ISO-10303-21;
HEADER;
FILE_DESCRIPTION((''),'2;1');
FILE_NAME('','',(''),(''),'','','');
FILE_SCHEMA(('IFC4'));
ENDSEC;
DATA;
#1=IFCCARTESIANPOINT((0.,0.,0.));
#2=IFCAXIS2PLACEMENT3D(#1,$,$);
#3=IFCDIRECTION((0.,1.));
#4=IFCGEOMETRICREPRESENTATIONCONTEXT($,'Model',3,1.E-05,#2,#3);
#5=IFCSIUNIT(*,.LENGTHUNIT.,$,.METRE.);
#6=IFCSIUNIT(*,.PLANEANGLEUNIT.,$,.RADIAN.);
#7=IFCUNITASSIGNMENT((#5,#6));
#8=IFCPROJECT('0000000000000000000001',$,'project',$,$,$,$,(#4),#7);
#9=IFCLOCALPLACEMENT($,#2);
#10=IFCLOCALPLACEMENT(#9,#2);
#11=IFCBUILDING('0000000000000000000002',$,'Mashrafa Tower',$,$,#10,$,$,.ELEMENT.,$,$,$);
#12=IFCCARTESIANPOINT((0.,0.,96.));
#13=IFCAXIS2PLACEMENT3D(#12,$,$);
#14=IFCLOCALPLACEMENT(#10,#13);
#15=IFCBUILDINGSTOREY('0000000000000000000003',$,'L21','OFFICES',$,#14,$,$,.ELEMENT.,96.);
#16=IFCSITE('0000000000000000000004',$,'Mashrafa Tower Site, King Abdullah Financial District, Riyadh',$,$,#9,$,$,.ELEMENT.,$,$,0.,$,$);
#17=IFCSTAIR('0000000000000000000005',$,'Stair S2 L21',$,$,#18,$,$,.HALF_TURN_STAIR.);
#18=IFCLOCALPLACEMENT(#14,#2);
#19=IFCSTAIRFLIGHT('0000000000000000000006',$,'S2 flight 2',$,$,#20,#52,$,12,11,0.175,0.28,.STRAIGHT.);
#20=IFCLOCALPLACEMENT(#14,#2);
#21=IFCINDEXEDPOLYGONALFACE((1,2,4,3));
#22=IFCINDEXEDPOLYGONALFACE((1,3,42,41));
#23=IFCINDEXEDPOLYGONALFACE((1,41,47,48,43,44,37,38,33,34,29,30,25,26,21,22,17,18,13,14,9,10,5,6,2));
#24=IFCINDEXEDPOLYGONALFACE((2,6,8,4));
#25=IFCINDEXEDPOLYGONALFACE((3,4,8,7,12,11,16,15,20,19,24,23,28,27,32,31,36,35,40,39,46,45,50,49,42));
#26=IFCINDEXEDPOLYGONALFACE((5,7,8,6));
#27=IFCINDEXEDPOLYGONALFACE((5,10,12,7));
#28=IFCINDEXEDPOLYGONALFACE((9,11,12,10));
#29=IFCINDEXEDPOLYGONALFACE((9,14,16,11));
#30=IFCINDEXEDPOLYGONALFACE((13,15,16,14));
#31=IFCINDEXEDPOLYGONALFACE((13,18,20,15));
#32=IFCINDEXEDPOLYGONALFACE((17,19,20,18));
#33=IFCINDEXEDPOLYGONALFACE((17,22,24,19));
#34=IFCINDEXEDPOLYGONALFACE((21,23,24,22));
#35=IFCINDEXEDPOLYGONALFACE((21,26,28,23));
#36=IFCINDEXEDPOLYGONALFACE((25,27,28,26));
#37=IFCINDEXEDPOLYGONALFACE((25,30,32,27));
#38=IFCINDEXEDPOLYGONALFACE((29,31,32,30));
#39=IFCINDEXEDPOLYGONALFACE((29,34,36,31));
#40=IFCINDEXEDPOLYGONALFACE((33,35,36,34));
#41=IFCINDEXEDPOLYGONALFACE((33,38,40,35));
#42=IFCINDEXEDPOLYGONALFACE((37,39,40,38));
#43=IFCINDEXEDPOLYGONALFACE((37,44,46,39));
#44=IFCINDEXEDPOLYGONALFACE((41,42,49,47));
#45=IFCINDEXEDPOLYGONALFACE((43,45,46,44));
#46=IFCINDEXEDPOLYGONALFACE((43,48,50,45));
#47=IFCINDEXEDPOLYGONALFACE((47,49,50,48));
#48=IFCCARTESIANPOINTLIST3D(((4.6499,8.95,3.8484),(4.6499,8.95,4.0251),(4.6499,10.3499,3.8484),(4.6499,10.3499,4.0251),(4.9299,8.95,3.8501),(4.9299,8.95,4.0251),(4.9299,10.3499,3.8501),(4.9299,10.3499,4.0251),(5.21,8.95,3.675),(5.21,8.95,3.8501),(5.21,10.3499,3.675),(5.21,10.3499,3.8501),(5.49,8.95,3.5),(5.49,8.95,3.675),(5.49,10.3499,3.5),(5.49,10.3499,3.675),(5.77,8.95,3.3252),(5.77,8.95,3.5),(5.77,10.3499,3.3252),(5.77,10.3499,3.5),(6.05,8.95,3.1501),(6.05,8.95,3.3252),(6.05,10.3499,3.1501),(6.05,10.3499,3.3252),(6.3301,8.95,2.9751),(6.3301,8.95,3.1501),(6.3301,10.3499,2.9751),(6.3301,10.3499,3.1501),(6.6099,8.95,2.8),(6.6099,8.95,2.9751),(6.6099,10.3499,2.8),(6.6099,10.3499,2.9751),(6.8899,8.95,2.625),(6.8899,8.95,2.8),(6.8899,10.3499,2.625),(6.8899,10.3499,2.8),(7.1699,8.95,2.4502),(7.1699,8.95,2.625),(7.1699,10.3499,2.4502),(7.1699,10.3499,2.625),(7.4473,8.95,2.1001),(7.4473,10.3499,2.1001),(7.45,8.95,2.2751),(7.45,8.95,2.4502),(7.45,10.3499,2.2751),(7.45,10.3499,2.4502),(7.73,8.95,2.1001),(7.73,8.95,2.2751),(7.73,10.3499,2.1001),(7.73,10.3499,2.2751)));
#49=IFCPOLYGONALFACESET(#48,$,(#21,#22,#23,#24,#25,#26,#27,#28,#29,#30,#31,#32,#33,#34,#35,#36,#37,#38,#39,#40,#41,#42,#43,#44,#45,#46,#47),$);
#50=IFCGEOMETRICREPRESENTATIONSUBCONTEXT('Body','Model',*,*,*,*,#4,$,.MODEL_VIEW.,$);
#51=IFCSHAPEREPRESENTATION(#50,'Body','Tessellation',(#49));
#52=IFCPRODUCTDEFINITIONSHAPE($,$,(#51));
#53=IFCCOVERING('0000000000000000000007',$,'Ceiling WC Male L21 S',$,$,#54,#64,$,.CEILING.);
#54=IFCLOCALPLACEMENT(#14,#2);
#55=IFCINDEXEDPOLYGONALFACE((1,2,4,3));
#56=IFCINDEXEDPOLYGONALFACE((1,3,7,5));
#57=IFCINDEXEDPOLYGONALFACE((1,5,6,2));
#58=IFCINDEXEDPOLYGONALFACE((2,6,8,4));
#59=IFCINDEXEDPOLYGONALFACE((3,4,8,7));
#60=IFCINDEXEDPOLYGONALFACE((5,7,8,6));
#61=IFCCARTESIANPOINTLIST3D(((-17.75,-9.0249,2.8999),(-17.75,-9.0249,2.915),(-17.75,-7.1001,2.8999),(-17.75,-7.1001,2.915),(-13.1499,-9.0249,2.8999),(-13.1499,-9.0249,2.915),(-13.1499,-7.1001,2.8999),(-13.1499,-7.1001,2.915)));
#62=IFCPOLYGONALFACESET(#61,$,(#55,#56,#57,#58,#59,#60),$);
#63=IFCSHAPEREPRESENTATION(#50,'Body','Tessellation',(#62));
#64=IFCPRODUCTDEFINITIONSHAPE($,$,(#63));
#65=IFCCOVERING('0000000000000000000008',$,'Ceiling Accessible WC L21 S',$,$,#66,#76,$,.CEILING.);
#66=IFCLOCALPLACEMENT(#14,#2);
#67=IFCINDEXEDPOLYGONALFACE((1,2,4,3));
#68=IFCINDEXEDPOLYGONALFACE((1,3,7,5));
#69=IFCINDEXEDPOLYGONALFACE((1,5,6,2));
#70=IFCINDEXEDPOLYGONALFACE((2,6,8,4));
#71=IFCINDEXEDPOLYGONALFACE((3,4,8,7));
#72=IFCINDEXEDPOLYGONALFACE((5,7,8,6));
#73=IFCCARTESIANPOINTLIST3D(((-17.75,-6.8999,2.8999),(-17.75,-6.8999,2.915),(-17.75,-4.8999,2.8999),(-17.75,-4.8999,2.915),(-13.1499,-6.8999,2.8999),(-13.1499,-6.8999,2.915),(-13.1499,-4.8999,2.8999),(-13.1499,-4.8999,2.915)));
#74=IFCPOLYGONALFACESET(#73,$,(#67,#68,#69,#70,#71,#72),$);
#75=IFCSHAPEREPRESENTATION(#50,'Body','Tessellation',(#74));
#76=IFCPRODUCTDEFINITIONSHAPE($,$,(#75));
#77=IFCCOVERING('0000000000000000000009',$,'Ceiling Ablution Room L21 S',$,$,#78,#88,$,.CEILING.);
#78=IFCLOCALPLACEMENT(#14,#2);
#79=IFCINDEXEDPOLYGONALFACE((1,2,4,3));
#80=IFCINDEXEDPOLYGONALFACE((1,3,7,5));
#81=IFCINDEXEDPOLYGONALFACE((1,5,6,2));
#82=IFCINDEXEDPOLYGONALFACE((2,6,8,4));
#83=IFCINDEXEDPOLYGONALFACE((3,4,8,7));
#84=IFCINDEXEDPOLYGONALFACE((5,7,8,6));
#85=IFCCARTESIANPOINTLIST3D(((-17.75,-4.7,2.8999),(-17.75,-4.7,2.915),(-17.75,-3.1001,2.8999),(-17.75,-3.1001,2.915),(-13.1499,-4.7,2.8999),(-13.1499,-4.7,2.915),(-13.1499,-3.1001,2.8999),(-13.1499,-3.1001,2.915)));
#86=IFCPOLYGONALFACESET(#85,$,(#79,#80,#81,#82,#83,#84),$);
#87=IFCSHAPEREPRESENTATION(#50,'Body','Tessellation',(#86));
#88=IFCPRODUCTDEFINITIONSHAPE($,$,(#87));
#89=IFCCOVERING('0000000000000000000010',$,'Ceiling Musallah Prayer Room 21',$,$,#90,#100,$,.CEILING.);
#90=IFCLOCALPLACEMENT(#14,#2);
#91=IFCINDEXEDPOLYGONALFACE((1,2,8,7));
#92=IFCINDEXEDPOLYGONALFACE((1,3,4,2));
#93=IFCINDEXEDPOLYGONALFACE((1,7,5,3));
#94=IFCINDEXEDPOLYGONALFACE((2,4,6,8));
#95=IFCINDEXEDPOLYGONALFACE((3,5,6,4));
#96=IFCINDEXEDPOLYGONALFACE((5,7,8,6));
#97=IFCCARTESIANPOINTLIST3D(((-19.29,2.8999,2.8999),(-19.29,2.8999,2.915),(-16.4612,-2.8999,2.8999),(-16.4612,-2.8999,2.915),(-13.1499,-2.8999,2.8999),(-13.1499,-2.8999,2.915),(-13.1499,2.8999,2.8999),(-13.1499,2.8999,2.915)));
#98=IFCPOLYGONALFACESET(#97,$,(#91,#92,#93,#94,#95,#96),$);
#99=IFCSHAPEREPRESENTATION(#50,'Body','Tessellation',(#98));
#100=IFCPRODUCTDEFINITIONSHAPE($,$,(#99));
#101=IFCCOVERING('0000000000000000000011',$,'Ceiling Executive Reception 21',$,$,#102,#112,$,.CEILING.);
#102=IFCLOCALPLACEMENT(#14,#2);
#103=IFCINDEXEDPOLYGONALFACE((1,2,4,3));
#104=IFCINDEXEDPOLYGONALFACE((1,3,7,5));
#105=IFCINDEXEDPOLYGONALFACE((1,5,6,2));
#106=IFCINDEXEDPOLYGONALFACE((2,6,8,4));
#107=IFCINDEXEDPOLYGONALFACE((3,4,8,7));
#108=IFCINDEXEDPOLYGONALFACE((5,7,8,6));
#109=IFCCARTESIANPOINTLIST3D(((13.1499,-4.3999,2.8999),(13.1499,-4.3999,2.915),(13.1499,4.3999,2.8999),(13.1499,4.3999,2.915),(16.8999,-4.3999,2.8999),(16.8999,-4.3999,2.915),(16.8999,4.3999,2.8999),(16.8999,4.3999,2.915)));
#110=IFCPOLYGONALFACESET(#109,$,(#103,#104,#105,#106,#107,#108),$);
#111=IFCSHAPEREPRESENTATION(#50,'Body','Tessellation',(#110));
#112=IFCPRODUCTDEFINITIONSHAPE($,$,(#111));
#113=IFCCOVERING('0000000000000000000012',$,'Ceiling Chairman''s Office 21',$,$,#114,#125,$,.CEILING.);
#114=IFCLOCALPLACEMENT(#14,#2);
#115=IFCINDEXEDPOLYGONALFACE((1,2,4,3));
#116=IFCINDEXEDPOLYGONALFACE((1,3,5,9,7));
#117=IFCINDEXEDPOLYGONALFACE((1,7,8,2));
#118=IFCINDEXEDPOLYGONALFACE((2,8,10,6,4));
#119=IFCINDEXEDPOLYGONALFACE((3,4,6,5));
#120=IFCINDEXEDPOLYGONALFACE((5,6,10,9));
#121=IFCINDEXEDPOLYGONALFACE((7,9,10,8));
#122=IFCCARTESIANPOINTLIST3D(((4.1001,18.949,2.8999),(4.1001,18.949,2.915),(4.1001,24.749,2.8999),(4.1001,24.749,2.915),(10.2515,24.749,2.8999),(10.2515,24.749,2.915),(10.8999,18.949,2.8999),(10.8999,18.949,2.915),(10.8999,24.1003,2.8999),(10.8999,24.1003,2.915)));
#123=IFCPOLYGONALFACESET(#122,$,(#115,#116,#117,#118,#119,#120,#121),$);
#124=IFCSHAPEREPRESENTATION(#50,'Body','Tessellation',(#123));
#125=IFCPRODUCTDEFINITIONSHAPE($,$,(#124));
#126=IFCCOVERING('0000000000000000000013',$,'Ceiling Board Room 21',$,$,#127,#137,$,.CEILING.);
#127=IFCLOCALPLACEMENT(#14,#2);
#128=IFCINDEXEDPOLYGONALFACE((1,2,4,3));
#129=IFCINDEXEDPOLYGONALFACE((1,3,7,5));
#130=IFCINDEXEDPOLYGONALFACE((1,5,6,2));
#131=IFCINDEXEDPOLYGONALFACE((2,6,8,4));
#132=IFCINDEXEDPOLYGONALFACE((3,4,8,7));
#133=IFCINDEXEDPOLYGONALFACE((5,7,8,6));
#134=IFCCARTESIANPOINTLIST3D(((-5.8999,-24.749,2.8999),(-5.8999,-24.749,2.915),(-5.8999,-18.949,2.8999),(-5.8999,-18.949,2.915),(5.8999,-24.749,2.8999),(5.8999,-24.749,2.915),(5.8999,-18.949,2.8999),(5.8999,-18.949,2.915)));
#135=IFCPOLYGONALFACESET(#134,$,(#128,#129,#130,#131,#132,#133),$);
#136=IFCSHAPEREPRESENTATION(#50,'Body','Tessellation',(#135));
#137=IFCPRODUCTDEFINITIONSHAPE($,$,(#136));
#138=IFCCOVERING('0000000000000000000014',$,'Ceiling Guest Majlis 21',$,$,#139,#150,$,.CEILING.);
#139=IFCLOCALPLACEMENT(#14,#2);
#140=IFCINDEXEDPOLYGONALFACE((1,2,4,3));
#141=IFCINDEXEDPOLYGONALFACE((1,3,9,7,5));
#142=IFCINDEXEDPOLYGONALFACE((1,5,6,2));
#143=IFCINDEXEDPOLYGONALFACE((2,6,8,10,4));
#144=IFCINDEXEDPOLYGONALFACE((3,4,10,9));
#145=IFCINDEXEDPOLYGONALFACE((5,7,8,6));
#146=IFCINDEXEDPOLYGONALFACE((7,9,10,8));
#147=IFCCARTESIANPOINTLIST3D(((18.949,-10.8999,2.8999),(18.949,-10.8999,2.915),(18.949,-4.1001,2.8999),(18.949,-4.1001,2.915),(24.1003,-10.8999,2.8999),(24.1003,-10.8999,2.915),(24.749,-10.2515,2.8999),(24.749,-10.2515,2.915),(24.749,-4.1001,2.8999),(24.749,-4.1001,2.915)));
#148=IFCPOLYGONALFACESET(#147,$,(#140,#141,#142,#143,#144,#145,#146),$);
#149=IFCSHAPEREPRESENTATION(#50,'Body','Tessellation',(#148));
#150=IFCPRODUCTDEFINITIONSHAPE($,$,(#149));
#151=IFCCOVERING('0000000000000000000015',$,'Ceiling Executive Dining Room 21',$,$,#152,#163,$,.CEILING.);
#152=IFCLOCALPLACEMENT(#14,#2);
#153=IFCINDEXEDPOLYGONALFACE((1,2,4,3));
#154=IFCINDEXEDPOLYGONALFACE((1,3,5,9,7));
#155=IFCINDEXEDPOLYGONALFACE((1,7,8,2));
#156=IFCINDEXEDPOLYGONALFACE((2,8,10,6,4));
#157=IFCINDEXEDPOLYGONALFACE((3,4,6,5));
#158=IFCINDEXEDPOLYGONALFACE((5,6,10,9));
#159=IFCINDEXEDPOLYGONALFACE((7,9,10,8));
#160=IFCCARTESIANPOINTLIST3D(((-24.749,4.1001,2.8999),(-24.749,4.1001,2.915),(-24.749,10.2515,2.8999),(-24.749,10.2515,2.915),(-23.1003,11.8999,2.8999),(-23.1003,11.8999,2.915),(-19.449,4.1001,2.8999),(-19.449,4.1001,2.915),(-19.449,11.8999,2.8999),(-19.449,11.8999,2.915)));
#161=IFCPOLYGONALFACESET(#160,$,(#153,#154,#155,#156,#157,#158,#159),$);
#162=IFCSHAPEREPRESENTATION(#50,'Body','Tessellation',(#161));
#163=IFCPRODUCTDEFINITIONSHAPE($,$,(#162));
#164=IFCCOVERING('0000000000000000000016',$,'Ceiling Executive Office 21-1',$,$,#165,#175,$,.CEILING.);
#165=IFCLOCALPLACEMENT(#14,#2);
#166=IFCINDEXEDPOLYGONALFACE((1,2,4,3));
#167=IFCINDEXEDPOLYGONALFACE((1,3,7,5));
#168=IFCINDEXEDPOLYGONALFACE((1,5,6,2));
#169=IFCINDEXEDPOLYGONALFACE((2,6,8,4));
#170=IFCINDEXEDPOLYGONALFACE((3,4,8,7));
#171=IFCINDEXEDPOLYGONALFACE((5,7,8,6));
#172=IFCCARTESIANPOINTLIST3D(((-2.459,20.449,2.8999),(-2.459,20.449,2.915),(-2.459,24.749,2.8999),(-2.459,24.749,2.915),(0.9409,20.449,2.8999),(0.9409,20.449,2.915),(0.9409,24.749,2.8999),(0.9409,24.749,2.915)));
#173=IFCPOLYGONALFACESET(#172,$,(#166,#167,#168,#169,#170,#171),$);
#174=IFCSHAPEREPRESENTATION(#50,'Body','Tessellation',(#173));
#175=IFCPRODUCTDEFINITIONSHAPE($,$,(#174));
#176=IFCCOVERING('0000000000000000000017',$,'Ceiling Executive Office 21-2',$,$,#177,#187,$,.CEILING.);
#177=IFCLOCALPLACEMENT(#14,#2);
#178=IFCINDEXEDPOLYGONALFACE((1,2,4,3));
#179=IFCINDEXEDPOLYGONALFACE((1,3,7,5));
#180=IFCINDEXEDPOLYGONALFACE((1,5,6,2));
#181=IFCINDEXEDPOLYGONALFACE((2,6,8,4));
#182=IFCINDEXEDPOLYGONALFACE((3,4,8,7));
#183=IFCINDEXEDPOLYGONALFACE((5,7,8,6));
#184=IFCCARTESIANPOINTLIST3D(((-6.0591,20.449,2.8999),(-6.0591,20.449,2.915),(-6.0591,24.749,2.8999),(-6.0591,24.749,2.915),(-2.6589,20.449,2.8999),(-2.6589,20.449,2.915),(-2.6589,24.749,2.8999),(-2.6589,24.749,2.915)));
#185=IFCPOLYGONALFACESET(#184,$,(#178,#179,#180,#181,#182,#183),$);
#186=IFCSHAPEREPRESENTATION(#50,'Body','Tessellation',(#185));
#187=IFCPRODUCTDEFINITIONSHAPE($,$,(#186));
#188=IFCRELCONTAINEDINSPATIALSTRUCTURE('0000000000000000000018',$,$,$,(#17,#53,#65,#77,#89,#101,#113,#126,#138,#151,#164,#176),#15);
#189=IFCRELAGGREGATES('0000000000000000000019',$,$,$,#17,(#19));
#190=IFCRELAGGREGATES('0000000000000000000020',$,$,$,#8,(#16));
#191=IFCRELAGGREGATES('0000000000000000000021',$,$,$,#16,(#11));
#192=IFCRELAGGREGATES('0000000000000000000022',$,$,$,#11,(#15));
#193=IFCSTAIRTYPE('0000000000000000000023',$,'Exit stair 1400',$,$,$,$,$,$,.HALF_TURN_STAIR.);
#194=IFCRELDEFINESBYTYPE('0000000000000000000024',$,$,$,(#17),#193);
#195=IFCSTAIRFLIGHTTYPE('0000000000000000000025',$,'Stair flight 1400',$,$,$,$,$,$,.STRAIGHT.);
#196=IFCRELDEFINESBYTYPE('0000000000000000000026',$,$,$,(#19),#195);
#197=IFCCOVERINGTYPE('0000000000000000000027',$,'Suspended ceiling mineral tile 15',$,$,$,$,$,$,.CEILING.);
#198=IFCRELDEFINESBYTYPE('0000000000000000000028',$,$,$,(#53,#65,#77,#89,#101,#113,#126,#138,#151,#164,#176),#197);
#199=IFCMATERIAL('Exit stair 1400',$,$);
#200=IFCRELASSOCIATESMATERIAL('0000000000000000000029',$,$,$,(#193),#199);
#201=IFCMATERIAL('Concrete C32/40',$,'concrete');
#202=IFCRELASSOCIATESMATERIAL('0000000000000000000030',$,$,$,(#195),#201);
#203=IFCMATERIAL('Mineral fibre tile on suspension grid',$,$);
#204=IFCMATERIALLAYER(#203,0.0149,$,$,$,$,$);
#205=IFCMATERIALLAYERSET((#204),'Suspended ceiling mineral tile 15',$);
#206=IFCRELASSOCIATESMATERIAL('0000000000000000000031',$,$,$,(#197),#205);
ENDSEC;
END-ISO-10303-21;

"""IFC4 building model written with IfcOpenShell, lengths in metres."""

from ifc_helpers import new_model, si_unit, direction, frame, origin, place, context, subcontext, project, spatial, polyline, outline, extrude, material, layer, layer_set, type_object, element, aggregate, save


model = new_model("IFC4")

# Units and contexts
model_context = context("Model", 3, precision=1e-05, world=origin(), true_north=direction((0.0, 1.0)))
body_context = subcontext(model_context, "Body", "Model", "MODEL_VIEW")
ifc_project = project(units=[si_unit("LENGTHUNIT", "METRE"), si_unit("PLANEANGLEUNIT", "RADIAN")], contexts=[model_context])

# Site, building, storey
site_placement = place(None, origin())
site = spatial("IfcSite", under=ifc_project, at=site_placement, Name="Mashrafa Tower Site, King Abdullah Financial District, Riyadh", CompositionType="ELEMENT", RefElevation=0.0)
building_placement = place(site_placement, origin())
building = spatial("IfcBuilding", under=site, at=building_placement, Name="Mashrafa Tower", CompositionType="ELEMENT")
storey_placement = place(building_placement, frame((0.0, 0.0, 96.0)))
storey = spatial("IfcBuildingStorey", under=building, at=storey_placement, Name="L21", Description="OFFICES", CompositionType="ELEMENT", Elevation=96.0)

# Stair, stair flight
ifc_material_1 = material(Name="Exit stair 1400")
stair_type = type_object("IfcStairType", Name="Exit stair 1400", PredefinedType="HALF_TURN_STAIR", material=ifc_material_1)
stair_placement = place(storey_placement, origin())
stair = element("IfcStair", 1, at=stair_placement, inside=storey, type_object=stair_type, Name="Stair S2 L21", PredefinedType="HALF_TURN_STAIR")
ifc_material_2 = material(Name="Concrete C32/40", Category="concrete")
stair_flight_type = type_object("IfcStairFlightType", Name="Stair flight 1400", PredefinedType="STRAIGHT", material=ifc_material_2)
stair_flight_1_placement = place(storey_placement, frame((7.73, 9.6499, 2.1001), z_axis=(0.0, 0.0, 1.0), x_axis=(-1.0, 0.0, 0.0)))
stair_flight_1 = element("IfcStairFlight", 2, at=stair_flight_1_placement, type_object=stair_flight_type, Name="S2 flight 2", NumberOfRisers=12, NumberOfTreads=11, PredefinedType="STRAIGHT", RiserHeight=0.175, TreadLength=0.28, context=body_context, shape_type="SweptSolid", body=[
    extrude(outline(polyline([(0.0, 0.0), (0.0, 0.175), (0.28, 0.175), (0.28, 0.3501), (0.5601, 0.3501), (0.5601, 0.5249), (0.8401, 0.5249), (0.8401, 0.7), (1.1201, 0.7), (1.1201, 0.875), (1.3999, 0.875), (1.3999, 1.05), (1.6799, 1.05), (1.6799, 1.2251), (1.96, 1.2251), (1.96, 1.3999), (2.24, 1.3999), (2.24, 1.575), (2.52, 1.575), (2.52, 1.75), (2.8, 1.75), (2.8, 1.925), (3.0801, 1.925), (3.0801, 2.1001), (3.0801, 1.7483), (0.2827, 0.0), (0.0, 0.0)])), frame((0.0, 0.7, 0.0), z_axis=(0.0, -1.0, 0.0), x_axis=(1.0, 0.0, 0.0)), (0.0, 0.0, 1.0), 1.3999),
])
aggregate(stair, [stair_flight_1])

# Coverings
ifc_material_3 = material(Name="Mineral fibre tile on suspension grid")
ifc_layer_1 = layer(ifc_material_3, 0.0149)
ifc_layer_set_1 = layer_set([ifc_layer_1], Name="Suspended ceiling mineral tile 15")
covering_type = type_object("IfcCoveringType", Name="Suspended ceiling mineral tile 15", PredefinedType="CEILING", material=ifc_layer_set_1)
covering_1_placement = place(storey_placement, frame((0.0, 0.0, 2.8999)))
element("IfcCovering", 3, at=covering_1_placement, inside=storey, type_object=covering_type, Name="Ceiling WC Male L21 S", PredefinedType="CEILING", context=body_context, shape_type="SweptSolid", body=[
    extrude(outline(polyline([(-17.75, -9.0249), (-17.75, -7.1001), (-13.1499, -7.1001), (-13.1499, -9.0249), (-17.75, -9.0249)])), origin(), (0.0, 0.0, 1.0), 0.0151),
])
covering_2_placement = place(storey_placement, frame((0.0, 0.0, 2.8999)))
element("IfcCovering", 4, at=covering_2_placement, inside=storey, type_object=covering_type, Name="Ceiling Accessible WC L21 S", PredefinedType="CEILING", context=body_context, shape_type="SweptSolid", body=[
    extrude(outline(polyline([(-17.75, -6.8999), (-17.75, -4.8999), (-13.1499, -4.8999), (-13.1499, -6.8999), (-17.75, -6.8999)])), origin(), (0.0, 0.0, 1.0), 0.0151),
])
covering_3_placement = place(storey_placement, frame((0.0, 0.0, 2.8999)))
element("IfcCovering", 5, at=covering_3_placement, inside=storey, type_object=covering_type, Name="Ceiling Ablution Room L21 S", PredefinedType="CEILING", context=body_context, shape_type="SweptSolid", body=[
    extrude(outline(polyline([(-17.75, -4.7), (-17.75, -3.1001), (-13.1499, -3.1001), (-13.1499, -4.7), (-17.75, -4.7)])), origin(), (0.0, 0.0, 1.0), 0.0151),
])
covering_4_placement = place(storey_placement, frame((0.0, 0.0, 2.8999)))
element("IfcCovering", 6, at=covering_4_placement, inside=storey, type_object=covering_type, Name="Ceiling Musallah Prayer Room 21", PredefinedType="CEILING", context=body_context, shape_type="SweptSolid", body=[
    extrude(outline(polyline([(-16.4612, -2.8999), (-19.29, 2.8999), (-13.1499, 2.8999), (-13.1499, -2.8999), (-16.4612, -2.8999)])), origin(), (0.0, 0.0, 1.0), 0.0151),
])
covering_5_placement = place(storey_placement, frame((0.0, 0.0, 2.8999)))
element("IfcCovering", 7, at=covering_5_placement, inside=storey, type_object=covering_type, Name="Ceiling Executive Reception 21", PredefinedType="CEILING", context=body_context, shape_type="SweptSolid", body=[
    extrude(outline(polyline([(13.1499, 4.3999), (16.8999, 4.3999), (16.8999, -4.3999), (13.1499, -4.3999), (13.1499, 4.3999)])), origin(), (0.0, 0.0, 1.0), 0.0151),
])
covering_6_placement = place(storey_placement, frame((0.0, 0.0, 2.8999)))
element("IfcCovering", 8, at=covering_6_placement, inside=storey, type_object=covering_type, Name="Ceiling Chairman's Office 21", PredefinedType="CEILING", context=body_context, shape_type="SweptSolid", body=[
    extrude(outline(polyline([(4.1001, 24.749), (10.2515, 24.749), (10.8999, 24.1003), (10.8999, 18.949), (4.1001, 18.949), (4.1001, 24.749)])), origin(), (0.0, 0.0, 1.0), 0.0151),
])
covering_7_placement = place(storey_placement, frame((0.0, 0.0, 2.8999)))
element("IfcCovering", 9, at=covering_7_placement, inside=storey, type_object=covering_type, Name="Ceiling Board Room 21", PredefinedType="CEILING", context=body_context, shape_type="SweptSolid", body=[
    extrude(outline(polyline([(-5.8999, -18.949), (5.8999, -18.949), (5.8999, -24.749), (-5.8999, -24.749), (-5.8999, -18.949)])), origin(), (0.0, 0.0, 1.0), 0.0151),
])
covering_8_placement = place(storey_placement, frame((0.0, 0.0, 2.8999)))
element("IfcCovering", 10, at=covering_8_placement, inside=storey, type_object=covering_type, Name="Ceiling Guest Majlis 21", PredefinedType="CEILING", context=body_context, shape_type="SweptSolid", body=[
    extrude(outline(polyline([(18.949, -4.1001), (24.749, -4.1001), (24.749, -10.2515), (24.1003, -10.8999), (18.949, -10.8999), (18.949, -4.1001)])), origin(), (0.0, 0.0, 1.0), 0.0151),
])
covering_9_placement = place(storey_placement, frame((0.0, 0.0, 2.8999)))
element("IfcCovering", 11, at=covering_9_placement, inside=storey, type_object=covering_type, Name="Ceiling Executive Dining Room 21", PredefinedType="CEILING", context=body_context, shape_type="SweptSolid", body=[
    extrude(outline(polyline([(-19.449, 11.8999), (-19.449, 4.1001), (-24.749, 4.1001), (-24.749, 10.2515), (-23.1003, 11.8999), (-19.449, 11.8999)])), origin(), (0.0, 0.0, 1.0), 0.0151),
])
covering_10_placement = place(storey_placement, frame((0.0, 0.0, 2.8999)))
element("IfcCovering", 12, at=covering_10_placement, inside=storey, type_object=covering_type, Name="Ceiling Executive Office 21-1", PredefinedType="CEILING", context=body_context, shape_type="SweptSolid", body=[
    extrude(outline(polyline([(-2.459, 24.749), (0.9409, 24.749), (0.9409, 20.449), (-2.459, 20.449), (-2.459, 24.749)])), origin(), (0.0, 0.0, 1.0), 0.0151),
])
covering_11_placement = place(storey_placement, frame((0.0, 0.0, 2.8999)))
element("IfcCovering", 13, at=covering_11_placement, inside=storey, type_object=covering_type, Name="Ceiling Executive Office 21-2", PredefinedType="CEILING", context=body_context, shape_type="SweptSolid", body=[
    extrude(outline(polyline([(-6.0591, 24.749), (-2.6589, 24.749), (-2.6589, 20.449), (-6.0591, 20.449), (-6.0591, 24.749)])), origin(), (0.0, 0.0, 1.0), 0.0151),
])

save(model, "model.ifc")
